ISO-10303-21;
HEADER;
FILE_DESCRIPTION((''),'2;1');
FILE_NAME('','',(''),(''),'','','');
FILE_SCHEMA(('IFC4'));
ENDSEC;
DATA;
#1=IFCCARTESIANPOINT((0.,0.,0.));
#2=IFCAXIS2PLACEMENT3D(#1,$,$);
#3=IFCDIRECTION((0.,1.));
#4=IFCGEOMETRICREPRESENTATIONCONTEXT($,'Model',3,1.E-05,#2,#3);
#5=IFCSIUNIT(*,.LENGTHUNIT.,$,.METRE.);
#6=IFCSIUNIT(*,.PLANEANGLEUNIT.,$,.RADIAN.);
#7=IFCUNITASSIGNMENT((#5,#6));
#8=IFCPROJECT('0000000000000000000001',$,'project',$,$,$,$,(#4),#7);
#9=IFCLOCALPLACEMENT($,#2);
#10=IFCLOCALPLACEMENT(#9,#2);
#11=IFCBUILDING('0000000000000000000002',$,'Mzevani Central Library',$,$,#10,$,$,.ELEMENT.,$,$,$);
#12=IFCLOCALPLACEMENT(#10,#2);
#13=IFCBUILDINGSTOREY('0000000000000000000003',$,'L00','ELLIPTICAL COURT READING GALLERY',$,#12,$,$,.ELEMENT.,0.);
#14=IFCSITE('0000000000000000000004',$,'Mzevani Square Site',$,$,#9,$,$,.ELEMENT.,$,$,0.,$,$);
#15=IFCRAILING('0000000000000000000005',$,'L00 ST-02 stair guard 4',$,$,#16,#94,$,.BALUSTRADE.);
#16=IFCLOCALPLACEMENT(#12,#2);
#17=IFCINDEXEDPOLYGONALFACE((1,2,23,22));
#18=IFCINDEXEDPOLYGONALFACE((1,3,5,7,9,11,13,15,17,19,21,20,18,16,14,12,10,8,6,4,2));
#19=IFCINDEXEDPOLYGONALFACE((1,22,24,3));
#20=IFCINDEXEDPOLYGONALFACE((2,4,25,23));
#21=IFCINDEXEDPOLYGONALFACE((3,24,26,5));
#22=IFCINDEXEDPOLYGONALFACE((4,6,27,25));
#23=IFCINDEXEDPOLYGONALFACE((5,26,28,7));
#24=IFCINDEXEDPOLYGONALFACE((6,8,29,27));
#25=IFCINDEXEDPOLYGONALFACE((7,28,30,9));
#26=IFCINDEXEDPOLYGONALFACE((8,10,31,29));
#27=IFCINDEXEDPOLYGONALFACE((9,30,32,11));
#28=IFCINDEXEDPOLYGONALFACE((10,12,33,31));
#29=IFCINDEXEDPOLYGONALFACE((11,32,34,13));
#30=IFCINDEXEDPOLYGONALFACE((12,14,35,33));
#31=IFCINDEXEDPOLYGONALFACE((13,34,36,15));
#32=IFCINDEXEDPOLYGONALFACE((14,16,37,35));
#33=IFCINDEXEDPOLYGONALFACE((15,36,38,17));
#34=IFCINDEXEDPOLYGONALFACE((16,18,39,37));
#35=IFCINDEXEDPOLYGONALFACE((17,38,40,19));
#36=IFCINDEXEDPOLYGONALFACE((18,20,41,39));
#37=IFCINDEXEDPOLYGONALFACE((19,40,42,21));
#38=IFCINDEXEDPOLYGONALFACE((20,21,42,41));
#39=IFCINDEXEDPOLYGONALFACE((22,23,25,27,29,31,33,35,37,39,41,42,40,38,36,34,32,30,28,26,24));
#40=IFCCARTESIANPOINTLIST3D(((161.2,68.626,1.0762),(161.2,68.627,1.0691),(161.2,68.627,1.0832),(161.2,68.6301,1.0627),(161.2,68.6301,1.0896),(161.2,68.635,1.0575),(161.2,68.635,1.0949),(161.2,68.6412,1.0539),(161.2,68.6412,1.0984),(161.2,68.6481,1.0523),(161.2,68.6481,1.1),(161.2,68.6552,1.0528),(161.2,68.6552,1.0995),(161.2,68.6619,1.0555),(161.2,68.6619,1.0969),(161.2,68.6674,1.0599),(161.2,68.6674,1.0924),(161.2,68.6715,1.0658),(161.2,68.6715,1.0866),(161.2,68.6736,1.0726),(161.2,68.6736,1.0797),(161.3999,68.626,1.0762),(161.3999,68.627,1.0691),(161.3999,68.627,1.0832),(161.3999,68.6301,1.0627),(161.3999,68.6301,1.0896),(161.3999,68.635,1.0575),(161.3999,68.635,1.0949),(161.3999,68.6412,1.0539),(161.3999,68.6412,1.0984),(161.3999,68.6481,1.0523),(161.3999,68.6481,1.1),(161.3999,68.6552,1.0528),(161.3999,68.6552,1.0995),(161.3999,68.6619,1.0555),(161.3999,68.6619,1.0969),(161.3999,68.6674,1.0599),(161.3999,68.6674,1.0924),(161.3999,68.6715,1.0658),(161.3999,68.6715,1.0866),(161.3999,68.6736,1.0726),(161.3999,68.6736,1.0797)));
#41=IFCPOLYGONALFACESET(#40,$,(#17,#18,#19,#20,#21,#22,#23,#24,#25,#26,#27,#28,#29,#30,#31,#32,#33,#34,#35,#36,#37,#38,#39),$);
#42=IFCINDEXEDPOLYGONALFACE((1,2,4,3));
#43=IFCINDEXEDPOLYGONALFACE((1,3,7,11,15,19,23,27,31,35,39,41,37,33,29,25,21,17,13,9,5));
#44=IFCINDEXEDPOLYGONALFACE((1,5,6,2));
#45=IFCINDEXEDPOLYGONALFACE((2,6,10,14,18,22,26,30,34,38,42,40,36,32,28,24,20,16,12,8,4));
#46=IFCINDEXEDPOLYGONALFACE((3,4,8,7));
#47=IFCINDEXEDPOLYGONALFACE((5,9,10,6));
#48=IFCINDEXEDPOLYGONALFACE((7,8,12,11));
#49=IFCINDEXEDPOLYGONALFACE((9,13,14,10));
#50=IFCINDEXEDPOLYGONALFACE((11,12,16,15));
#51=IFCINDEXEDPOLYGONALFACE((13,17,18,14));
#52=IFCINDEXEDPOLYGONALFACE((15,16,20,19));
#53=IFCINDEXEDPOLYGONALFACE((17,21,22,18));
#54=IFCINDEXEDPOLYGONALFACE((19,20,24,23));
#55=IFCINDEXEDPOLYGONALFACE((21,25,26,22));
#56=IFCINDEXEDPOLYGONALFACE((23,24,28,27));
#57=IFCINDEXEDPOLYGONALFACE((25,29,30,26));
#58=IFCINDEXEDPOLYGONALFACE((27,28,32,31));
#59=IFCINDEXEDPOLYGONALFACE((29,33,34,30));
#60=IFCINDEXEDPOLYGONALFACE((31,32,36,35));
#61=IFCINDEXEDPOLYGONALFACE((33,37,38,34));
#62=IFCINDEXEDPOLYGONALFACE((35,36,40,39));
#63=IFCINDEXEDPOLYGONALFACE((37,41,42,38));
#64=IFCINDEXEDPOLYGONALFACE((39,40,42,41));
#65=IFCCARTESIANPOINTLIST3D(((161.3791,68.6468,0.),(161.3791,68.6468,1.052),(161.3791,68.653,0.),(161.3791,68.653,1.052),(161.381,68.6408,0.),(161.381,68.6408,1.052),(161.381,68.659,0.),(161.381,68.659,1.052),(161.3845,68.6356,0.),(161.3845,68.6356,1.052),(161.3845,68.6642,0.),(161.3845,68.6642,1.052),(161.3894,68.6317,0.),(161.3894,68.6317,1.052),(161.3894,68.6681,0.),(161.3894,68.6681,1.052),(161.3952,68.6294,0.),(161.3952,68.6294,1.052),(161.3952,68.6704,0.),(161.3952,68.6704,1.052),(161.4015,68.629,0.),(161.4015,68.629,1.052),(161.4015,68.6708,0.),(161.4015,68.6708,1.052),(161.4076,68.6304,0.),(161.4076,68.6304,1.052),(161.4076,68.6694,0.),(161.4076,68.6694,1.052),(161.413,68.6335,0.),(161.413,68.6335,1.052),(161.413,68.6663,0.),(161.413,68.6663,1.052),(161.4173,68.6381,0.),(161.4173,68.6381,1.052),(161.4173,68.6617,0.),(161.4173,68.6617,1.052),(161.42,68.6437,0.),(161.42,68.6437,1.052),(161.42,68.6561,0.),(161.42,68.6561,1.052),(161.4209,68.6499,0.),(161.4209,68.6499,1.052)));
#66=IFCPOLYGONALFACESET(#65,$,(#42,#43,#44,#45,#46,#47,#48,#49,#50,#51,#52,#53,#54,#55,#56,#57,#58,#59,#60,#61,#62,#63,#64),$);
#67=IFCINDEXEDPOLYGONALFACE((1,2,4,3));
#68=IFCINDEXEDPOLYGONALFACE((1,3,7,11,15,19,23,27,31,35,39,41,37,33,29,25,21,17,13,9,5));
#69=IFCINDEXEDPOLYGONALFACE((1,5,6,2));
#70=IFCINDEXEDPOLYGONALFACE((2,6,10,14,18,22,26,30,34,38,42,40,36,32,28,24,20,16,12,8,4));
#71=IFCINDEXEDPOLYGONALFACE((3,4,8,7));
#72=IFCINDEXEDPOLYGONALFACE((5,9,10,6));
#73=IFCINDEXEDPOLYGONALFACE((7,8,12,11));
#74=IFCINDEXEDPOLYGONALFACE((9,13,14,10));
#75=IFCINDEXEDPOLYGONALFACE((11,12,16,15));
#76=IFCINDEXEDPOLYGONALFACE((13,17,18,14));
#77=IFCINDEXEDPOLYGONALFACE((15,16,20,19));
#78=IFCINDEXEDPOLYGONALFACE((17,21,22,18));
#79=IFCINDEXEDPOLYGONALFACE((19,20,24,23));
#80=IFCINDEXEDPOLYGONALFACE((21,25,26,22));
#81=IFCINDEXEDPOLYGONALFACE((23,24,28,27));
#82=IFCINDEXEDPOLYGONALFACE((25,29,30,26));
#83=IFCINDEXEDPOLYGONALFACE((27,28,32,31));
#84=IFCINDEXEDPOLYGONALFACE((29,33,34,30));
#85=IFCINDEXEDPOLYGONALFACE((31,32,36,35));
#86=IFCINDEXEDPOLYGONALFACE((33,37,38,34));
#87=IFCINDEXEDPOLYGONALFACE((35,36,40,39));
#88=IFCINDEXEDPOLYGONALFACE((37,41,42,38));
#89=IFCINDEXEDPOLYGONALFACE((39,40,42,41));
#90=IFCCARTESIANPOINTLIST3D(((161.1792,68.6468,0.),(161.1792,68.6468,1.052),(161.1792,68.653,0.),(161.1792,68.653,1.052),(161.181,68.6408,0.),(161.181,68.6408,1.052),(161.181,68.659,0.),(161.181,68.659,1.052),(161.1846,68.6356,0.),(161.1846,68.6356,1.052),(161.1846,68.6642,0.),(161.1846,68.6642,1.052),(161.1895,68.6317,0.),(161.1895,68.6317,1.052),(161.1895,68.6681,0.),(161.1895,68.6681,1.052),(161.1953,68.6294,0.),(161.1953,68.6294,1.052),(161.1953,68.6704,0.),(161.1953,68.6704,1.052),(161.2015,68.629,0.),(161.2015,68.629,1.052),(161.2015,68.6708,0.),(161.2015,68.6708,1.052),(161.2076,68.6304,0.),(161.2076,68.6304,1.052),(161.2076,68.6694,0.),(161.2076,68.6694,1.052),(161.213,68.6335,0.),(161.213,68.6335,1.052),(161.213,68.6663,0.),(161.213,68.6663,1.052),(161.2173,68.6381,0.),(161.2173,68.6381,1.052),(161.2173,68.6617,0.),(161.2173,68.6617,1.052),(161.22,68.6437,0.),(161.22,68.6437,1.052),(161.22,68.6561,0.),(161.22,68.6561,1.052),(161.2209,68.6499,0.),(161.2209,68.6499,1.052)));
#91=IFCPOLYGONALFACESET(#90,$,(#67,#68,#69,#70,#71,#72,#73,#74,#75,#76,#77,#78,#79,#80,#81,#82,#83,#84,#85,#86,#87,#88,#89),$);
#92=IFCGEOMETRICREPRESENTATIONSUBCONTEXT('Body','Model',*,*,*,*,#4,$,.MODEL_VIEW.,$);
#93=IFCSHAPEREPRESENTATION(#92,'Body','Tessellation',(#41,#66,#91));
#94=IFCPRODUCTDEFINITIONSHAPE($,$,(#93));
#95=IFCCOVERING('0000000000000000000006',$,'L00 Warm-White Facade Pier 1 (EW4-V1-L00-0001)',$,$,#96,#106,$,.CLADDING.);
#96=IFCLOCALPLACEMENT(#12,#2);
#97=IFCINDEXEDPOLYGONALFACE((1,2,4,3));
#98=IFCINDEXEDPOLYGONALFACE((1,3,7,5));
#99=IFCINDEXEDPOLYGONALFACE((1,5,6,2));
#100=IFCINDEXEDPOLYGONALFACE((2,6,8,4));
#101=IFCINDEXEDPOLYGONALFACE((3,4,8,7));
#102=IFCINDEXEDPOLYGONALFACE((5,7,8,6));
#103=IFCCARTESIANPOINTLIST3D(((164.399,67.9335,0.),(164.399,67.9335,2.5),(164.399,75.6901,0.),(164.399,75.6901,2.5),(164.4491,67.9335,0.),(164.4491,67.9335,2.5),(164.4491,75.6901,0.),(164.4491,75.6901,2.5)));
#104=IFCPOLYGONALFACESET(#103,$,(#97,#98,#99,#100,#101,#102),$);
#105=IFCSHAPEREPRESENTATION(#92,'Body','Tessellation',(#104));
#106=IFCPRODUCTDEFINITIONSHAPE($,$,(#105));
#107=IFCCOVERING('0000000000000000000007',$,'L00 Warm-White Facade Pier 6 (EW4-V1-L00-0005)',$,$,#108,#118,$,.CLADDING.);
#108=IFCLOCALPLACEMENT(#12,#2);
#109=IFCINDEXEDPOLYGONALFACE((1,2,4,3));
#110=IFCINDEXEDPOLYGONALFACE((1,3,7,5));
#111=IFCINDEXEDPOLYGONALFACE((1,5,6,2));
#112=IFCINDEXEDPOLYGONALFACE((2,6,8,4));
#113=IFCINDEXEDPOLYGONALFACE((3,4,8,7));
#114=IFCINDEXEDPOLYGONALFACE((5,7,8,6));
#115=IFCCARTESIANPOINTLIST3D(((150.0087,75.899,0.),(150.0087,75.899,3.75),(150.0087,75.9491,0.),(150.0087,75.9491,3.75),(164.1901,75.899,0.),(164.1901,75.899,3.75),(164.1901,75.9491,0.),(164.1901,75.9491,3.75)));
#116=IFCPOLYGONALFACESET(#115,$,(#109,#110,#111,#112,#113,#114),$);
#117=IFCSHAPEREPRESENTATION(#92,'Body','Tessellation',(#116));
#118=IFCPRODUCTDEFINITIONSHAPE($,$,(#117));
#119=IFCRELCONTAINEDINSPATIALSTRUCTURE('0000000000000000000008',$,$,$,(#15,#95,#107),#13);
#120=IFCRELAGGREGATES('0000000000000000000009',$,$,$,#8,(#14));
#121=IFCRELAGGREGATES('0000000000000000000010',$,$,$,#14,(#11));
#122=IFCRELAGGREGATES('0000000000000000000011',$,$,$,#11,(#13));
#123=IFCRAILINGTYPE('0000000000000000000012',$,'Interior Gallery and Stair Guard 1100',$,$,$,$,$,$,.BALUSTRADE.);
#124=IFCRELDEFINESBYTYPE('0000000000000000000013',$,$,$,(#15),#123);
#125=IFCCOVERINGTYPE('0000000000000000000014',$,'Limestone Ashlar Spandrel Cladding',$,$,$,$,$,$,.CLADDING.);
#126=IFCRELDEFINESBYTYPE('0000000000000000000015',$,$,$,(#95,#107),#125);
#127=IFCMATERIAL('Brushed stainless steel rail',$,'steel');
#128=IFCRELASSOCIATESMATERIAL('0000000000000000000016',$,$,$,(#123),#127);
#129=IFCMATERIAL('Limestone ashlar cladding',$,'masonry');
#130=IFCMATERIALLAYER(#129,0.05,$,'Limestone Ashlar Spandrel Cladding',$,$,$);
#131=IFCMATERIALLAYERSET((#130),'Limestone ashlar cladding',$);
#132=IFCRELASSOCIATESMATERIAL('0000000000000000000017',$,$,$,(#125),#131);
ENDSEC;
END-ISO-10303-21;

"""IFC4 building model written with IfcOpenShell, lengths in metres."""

from ifc_helpers import new_model, si_unit, direction, frame, origin, origin_2d, place, context, subcontext, project, spatial, rectangle, circle, extrude, material, layer, layer_set, type_object, element, save


model = new_model("IFC4")

# Units and contexts
model_context = context("Model", 3, precision=1e-05, world=origin(), true_north=direction((0.0, 1.0)))
body_context = subcontext(model_context, "Body", "Model", "MODEL_VIEW")
ifc_project = project(units=[si_unit("LENGTHUNIT", "METRE"), si_unit("PLANEANGLEUNIT", "RADIAN")], contexts=[model_context])

# Site, building, storey
site_placement = place(None, origin())
site = spatial("IfcSite", under=ifc_project, at=site_placement, Name="Mzevani Square Site", CompositionType="ELEMENT", RefElevation=0.0)
building_placement = place(site_placement, origin())
building = spatial("IfcBuilding", under=site, at=building_placement, Name="Mzevani Central Library", CompositionType="ELEMENT")
storey_placement = place(building_placement, origin())
storey = spatial("IfcBuildingStorey", under=building, at=storey_placement, Name="L00", Description="ELLIPTICAL COURT READING GALLERY", CompositionType="ELEMENT", Elevation=0.0)

# Railing
ifc_material_1 = material(Name="Brushed stainless steel rail", Category="steel")
railing_type_1 = type_object("IfcRailingType", Name="Interior Gallery and Stair Guard 1100", PredefinedType="BALUSTRADE", material=ifc_material_1)
railing_1_placement = place(storey_placement, frame((161.3999, 68.6499, 0.0)))
element("IfcRailing", 1, at=railing_1_placement, inside=storey, type_object=railing_type_1, Name="L00 ST-02 stair guard 4", PredefinedType="BALUSTRADE", context=body_context, shape_type="SweptSolid", body=[
    extrude(circle(Radius=0.0239, at=origin_2d()), frame((0.0, 0.0, 1.0762), z_axis=(-1.0, 0.0, 0.0), x_axis=(0.0, -1.0, 0.0)), (0.0, 0.0, 1.0), 0.2),
    extrude(circle(Radius=0.021, at=origin_2d()), origin(), (0.0, 0.0, 1.0), 1.052),
    extrude(circle(Radius=0.021, at=origin_2d()), frame((-0.2, 0.0, 0.0)), (0.0, 0.0, 1.0), 1.052),
])

# Coverings
ifc_material_2 = material(Name="Limestone ashlar cladding", Category="masonry")
ifc_layer_1 = layer(ifc_material_2, 0.05, Name="Limestone Ashlar Spandrel Cladding")
ifc_layer_set_1 = layer_set([ifc_layer_1], Name="Limestone ashlar cladding")
covering_type_1 = type_object("IfcCoveringType", Name="Limestone Ashlar Spandrel Cladding", PredefinedType="CLADDING", material=ifc_layer_set_1)
covering_1_placement = place(storey_placement, frame((164.4241, 71.8118, 0.0), z_axis=(0.0, 0.0, 1.0), x_axis=(0.0, -1.0, 0.0)))
element("IfcCovering", 2, at=covering_1_placement, inside=storey, type_object=covering_type_1, Name="L00 Warm-White Facade Pier 1 (EW4-V1-L00-0001)", PredefinedType="CLADDING", context=body_context, shape_type="SweptSolid", body=[
    extrude(rectangle(XDim=7.7566, YDim=0.05, at=origin_2d()), origin(), (0.0, 0.0, 1.0), 2.5),
])
covering_2_placement = place(storey_placement, frame((157.0994, 75.9241, 0.0), z_axis=(0.0, 0.0, 1.0), x_axis=(1.0, 0.0, 0.0)))
element("IfcCovering", 3, at=covering_2_placement, inside=storey, type_object=covering_type_1, Name="L00 Warm-White Facade Pier 6 (EW4-V1-L00-0005)", PredefinedType="CLADDING", context=body_context, shape_type="SweptSolid", body=[
    extrude(rectangle(XDim=14.1814, YDim=0.05, at=origin_2d()), origin(), (0.0, 0.0, 1.0), 3.75),
])

save(model, "model.ifc")
